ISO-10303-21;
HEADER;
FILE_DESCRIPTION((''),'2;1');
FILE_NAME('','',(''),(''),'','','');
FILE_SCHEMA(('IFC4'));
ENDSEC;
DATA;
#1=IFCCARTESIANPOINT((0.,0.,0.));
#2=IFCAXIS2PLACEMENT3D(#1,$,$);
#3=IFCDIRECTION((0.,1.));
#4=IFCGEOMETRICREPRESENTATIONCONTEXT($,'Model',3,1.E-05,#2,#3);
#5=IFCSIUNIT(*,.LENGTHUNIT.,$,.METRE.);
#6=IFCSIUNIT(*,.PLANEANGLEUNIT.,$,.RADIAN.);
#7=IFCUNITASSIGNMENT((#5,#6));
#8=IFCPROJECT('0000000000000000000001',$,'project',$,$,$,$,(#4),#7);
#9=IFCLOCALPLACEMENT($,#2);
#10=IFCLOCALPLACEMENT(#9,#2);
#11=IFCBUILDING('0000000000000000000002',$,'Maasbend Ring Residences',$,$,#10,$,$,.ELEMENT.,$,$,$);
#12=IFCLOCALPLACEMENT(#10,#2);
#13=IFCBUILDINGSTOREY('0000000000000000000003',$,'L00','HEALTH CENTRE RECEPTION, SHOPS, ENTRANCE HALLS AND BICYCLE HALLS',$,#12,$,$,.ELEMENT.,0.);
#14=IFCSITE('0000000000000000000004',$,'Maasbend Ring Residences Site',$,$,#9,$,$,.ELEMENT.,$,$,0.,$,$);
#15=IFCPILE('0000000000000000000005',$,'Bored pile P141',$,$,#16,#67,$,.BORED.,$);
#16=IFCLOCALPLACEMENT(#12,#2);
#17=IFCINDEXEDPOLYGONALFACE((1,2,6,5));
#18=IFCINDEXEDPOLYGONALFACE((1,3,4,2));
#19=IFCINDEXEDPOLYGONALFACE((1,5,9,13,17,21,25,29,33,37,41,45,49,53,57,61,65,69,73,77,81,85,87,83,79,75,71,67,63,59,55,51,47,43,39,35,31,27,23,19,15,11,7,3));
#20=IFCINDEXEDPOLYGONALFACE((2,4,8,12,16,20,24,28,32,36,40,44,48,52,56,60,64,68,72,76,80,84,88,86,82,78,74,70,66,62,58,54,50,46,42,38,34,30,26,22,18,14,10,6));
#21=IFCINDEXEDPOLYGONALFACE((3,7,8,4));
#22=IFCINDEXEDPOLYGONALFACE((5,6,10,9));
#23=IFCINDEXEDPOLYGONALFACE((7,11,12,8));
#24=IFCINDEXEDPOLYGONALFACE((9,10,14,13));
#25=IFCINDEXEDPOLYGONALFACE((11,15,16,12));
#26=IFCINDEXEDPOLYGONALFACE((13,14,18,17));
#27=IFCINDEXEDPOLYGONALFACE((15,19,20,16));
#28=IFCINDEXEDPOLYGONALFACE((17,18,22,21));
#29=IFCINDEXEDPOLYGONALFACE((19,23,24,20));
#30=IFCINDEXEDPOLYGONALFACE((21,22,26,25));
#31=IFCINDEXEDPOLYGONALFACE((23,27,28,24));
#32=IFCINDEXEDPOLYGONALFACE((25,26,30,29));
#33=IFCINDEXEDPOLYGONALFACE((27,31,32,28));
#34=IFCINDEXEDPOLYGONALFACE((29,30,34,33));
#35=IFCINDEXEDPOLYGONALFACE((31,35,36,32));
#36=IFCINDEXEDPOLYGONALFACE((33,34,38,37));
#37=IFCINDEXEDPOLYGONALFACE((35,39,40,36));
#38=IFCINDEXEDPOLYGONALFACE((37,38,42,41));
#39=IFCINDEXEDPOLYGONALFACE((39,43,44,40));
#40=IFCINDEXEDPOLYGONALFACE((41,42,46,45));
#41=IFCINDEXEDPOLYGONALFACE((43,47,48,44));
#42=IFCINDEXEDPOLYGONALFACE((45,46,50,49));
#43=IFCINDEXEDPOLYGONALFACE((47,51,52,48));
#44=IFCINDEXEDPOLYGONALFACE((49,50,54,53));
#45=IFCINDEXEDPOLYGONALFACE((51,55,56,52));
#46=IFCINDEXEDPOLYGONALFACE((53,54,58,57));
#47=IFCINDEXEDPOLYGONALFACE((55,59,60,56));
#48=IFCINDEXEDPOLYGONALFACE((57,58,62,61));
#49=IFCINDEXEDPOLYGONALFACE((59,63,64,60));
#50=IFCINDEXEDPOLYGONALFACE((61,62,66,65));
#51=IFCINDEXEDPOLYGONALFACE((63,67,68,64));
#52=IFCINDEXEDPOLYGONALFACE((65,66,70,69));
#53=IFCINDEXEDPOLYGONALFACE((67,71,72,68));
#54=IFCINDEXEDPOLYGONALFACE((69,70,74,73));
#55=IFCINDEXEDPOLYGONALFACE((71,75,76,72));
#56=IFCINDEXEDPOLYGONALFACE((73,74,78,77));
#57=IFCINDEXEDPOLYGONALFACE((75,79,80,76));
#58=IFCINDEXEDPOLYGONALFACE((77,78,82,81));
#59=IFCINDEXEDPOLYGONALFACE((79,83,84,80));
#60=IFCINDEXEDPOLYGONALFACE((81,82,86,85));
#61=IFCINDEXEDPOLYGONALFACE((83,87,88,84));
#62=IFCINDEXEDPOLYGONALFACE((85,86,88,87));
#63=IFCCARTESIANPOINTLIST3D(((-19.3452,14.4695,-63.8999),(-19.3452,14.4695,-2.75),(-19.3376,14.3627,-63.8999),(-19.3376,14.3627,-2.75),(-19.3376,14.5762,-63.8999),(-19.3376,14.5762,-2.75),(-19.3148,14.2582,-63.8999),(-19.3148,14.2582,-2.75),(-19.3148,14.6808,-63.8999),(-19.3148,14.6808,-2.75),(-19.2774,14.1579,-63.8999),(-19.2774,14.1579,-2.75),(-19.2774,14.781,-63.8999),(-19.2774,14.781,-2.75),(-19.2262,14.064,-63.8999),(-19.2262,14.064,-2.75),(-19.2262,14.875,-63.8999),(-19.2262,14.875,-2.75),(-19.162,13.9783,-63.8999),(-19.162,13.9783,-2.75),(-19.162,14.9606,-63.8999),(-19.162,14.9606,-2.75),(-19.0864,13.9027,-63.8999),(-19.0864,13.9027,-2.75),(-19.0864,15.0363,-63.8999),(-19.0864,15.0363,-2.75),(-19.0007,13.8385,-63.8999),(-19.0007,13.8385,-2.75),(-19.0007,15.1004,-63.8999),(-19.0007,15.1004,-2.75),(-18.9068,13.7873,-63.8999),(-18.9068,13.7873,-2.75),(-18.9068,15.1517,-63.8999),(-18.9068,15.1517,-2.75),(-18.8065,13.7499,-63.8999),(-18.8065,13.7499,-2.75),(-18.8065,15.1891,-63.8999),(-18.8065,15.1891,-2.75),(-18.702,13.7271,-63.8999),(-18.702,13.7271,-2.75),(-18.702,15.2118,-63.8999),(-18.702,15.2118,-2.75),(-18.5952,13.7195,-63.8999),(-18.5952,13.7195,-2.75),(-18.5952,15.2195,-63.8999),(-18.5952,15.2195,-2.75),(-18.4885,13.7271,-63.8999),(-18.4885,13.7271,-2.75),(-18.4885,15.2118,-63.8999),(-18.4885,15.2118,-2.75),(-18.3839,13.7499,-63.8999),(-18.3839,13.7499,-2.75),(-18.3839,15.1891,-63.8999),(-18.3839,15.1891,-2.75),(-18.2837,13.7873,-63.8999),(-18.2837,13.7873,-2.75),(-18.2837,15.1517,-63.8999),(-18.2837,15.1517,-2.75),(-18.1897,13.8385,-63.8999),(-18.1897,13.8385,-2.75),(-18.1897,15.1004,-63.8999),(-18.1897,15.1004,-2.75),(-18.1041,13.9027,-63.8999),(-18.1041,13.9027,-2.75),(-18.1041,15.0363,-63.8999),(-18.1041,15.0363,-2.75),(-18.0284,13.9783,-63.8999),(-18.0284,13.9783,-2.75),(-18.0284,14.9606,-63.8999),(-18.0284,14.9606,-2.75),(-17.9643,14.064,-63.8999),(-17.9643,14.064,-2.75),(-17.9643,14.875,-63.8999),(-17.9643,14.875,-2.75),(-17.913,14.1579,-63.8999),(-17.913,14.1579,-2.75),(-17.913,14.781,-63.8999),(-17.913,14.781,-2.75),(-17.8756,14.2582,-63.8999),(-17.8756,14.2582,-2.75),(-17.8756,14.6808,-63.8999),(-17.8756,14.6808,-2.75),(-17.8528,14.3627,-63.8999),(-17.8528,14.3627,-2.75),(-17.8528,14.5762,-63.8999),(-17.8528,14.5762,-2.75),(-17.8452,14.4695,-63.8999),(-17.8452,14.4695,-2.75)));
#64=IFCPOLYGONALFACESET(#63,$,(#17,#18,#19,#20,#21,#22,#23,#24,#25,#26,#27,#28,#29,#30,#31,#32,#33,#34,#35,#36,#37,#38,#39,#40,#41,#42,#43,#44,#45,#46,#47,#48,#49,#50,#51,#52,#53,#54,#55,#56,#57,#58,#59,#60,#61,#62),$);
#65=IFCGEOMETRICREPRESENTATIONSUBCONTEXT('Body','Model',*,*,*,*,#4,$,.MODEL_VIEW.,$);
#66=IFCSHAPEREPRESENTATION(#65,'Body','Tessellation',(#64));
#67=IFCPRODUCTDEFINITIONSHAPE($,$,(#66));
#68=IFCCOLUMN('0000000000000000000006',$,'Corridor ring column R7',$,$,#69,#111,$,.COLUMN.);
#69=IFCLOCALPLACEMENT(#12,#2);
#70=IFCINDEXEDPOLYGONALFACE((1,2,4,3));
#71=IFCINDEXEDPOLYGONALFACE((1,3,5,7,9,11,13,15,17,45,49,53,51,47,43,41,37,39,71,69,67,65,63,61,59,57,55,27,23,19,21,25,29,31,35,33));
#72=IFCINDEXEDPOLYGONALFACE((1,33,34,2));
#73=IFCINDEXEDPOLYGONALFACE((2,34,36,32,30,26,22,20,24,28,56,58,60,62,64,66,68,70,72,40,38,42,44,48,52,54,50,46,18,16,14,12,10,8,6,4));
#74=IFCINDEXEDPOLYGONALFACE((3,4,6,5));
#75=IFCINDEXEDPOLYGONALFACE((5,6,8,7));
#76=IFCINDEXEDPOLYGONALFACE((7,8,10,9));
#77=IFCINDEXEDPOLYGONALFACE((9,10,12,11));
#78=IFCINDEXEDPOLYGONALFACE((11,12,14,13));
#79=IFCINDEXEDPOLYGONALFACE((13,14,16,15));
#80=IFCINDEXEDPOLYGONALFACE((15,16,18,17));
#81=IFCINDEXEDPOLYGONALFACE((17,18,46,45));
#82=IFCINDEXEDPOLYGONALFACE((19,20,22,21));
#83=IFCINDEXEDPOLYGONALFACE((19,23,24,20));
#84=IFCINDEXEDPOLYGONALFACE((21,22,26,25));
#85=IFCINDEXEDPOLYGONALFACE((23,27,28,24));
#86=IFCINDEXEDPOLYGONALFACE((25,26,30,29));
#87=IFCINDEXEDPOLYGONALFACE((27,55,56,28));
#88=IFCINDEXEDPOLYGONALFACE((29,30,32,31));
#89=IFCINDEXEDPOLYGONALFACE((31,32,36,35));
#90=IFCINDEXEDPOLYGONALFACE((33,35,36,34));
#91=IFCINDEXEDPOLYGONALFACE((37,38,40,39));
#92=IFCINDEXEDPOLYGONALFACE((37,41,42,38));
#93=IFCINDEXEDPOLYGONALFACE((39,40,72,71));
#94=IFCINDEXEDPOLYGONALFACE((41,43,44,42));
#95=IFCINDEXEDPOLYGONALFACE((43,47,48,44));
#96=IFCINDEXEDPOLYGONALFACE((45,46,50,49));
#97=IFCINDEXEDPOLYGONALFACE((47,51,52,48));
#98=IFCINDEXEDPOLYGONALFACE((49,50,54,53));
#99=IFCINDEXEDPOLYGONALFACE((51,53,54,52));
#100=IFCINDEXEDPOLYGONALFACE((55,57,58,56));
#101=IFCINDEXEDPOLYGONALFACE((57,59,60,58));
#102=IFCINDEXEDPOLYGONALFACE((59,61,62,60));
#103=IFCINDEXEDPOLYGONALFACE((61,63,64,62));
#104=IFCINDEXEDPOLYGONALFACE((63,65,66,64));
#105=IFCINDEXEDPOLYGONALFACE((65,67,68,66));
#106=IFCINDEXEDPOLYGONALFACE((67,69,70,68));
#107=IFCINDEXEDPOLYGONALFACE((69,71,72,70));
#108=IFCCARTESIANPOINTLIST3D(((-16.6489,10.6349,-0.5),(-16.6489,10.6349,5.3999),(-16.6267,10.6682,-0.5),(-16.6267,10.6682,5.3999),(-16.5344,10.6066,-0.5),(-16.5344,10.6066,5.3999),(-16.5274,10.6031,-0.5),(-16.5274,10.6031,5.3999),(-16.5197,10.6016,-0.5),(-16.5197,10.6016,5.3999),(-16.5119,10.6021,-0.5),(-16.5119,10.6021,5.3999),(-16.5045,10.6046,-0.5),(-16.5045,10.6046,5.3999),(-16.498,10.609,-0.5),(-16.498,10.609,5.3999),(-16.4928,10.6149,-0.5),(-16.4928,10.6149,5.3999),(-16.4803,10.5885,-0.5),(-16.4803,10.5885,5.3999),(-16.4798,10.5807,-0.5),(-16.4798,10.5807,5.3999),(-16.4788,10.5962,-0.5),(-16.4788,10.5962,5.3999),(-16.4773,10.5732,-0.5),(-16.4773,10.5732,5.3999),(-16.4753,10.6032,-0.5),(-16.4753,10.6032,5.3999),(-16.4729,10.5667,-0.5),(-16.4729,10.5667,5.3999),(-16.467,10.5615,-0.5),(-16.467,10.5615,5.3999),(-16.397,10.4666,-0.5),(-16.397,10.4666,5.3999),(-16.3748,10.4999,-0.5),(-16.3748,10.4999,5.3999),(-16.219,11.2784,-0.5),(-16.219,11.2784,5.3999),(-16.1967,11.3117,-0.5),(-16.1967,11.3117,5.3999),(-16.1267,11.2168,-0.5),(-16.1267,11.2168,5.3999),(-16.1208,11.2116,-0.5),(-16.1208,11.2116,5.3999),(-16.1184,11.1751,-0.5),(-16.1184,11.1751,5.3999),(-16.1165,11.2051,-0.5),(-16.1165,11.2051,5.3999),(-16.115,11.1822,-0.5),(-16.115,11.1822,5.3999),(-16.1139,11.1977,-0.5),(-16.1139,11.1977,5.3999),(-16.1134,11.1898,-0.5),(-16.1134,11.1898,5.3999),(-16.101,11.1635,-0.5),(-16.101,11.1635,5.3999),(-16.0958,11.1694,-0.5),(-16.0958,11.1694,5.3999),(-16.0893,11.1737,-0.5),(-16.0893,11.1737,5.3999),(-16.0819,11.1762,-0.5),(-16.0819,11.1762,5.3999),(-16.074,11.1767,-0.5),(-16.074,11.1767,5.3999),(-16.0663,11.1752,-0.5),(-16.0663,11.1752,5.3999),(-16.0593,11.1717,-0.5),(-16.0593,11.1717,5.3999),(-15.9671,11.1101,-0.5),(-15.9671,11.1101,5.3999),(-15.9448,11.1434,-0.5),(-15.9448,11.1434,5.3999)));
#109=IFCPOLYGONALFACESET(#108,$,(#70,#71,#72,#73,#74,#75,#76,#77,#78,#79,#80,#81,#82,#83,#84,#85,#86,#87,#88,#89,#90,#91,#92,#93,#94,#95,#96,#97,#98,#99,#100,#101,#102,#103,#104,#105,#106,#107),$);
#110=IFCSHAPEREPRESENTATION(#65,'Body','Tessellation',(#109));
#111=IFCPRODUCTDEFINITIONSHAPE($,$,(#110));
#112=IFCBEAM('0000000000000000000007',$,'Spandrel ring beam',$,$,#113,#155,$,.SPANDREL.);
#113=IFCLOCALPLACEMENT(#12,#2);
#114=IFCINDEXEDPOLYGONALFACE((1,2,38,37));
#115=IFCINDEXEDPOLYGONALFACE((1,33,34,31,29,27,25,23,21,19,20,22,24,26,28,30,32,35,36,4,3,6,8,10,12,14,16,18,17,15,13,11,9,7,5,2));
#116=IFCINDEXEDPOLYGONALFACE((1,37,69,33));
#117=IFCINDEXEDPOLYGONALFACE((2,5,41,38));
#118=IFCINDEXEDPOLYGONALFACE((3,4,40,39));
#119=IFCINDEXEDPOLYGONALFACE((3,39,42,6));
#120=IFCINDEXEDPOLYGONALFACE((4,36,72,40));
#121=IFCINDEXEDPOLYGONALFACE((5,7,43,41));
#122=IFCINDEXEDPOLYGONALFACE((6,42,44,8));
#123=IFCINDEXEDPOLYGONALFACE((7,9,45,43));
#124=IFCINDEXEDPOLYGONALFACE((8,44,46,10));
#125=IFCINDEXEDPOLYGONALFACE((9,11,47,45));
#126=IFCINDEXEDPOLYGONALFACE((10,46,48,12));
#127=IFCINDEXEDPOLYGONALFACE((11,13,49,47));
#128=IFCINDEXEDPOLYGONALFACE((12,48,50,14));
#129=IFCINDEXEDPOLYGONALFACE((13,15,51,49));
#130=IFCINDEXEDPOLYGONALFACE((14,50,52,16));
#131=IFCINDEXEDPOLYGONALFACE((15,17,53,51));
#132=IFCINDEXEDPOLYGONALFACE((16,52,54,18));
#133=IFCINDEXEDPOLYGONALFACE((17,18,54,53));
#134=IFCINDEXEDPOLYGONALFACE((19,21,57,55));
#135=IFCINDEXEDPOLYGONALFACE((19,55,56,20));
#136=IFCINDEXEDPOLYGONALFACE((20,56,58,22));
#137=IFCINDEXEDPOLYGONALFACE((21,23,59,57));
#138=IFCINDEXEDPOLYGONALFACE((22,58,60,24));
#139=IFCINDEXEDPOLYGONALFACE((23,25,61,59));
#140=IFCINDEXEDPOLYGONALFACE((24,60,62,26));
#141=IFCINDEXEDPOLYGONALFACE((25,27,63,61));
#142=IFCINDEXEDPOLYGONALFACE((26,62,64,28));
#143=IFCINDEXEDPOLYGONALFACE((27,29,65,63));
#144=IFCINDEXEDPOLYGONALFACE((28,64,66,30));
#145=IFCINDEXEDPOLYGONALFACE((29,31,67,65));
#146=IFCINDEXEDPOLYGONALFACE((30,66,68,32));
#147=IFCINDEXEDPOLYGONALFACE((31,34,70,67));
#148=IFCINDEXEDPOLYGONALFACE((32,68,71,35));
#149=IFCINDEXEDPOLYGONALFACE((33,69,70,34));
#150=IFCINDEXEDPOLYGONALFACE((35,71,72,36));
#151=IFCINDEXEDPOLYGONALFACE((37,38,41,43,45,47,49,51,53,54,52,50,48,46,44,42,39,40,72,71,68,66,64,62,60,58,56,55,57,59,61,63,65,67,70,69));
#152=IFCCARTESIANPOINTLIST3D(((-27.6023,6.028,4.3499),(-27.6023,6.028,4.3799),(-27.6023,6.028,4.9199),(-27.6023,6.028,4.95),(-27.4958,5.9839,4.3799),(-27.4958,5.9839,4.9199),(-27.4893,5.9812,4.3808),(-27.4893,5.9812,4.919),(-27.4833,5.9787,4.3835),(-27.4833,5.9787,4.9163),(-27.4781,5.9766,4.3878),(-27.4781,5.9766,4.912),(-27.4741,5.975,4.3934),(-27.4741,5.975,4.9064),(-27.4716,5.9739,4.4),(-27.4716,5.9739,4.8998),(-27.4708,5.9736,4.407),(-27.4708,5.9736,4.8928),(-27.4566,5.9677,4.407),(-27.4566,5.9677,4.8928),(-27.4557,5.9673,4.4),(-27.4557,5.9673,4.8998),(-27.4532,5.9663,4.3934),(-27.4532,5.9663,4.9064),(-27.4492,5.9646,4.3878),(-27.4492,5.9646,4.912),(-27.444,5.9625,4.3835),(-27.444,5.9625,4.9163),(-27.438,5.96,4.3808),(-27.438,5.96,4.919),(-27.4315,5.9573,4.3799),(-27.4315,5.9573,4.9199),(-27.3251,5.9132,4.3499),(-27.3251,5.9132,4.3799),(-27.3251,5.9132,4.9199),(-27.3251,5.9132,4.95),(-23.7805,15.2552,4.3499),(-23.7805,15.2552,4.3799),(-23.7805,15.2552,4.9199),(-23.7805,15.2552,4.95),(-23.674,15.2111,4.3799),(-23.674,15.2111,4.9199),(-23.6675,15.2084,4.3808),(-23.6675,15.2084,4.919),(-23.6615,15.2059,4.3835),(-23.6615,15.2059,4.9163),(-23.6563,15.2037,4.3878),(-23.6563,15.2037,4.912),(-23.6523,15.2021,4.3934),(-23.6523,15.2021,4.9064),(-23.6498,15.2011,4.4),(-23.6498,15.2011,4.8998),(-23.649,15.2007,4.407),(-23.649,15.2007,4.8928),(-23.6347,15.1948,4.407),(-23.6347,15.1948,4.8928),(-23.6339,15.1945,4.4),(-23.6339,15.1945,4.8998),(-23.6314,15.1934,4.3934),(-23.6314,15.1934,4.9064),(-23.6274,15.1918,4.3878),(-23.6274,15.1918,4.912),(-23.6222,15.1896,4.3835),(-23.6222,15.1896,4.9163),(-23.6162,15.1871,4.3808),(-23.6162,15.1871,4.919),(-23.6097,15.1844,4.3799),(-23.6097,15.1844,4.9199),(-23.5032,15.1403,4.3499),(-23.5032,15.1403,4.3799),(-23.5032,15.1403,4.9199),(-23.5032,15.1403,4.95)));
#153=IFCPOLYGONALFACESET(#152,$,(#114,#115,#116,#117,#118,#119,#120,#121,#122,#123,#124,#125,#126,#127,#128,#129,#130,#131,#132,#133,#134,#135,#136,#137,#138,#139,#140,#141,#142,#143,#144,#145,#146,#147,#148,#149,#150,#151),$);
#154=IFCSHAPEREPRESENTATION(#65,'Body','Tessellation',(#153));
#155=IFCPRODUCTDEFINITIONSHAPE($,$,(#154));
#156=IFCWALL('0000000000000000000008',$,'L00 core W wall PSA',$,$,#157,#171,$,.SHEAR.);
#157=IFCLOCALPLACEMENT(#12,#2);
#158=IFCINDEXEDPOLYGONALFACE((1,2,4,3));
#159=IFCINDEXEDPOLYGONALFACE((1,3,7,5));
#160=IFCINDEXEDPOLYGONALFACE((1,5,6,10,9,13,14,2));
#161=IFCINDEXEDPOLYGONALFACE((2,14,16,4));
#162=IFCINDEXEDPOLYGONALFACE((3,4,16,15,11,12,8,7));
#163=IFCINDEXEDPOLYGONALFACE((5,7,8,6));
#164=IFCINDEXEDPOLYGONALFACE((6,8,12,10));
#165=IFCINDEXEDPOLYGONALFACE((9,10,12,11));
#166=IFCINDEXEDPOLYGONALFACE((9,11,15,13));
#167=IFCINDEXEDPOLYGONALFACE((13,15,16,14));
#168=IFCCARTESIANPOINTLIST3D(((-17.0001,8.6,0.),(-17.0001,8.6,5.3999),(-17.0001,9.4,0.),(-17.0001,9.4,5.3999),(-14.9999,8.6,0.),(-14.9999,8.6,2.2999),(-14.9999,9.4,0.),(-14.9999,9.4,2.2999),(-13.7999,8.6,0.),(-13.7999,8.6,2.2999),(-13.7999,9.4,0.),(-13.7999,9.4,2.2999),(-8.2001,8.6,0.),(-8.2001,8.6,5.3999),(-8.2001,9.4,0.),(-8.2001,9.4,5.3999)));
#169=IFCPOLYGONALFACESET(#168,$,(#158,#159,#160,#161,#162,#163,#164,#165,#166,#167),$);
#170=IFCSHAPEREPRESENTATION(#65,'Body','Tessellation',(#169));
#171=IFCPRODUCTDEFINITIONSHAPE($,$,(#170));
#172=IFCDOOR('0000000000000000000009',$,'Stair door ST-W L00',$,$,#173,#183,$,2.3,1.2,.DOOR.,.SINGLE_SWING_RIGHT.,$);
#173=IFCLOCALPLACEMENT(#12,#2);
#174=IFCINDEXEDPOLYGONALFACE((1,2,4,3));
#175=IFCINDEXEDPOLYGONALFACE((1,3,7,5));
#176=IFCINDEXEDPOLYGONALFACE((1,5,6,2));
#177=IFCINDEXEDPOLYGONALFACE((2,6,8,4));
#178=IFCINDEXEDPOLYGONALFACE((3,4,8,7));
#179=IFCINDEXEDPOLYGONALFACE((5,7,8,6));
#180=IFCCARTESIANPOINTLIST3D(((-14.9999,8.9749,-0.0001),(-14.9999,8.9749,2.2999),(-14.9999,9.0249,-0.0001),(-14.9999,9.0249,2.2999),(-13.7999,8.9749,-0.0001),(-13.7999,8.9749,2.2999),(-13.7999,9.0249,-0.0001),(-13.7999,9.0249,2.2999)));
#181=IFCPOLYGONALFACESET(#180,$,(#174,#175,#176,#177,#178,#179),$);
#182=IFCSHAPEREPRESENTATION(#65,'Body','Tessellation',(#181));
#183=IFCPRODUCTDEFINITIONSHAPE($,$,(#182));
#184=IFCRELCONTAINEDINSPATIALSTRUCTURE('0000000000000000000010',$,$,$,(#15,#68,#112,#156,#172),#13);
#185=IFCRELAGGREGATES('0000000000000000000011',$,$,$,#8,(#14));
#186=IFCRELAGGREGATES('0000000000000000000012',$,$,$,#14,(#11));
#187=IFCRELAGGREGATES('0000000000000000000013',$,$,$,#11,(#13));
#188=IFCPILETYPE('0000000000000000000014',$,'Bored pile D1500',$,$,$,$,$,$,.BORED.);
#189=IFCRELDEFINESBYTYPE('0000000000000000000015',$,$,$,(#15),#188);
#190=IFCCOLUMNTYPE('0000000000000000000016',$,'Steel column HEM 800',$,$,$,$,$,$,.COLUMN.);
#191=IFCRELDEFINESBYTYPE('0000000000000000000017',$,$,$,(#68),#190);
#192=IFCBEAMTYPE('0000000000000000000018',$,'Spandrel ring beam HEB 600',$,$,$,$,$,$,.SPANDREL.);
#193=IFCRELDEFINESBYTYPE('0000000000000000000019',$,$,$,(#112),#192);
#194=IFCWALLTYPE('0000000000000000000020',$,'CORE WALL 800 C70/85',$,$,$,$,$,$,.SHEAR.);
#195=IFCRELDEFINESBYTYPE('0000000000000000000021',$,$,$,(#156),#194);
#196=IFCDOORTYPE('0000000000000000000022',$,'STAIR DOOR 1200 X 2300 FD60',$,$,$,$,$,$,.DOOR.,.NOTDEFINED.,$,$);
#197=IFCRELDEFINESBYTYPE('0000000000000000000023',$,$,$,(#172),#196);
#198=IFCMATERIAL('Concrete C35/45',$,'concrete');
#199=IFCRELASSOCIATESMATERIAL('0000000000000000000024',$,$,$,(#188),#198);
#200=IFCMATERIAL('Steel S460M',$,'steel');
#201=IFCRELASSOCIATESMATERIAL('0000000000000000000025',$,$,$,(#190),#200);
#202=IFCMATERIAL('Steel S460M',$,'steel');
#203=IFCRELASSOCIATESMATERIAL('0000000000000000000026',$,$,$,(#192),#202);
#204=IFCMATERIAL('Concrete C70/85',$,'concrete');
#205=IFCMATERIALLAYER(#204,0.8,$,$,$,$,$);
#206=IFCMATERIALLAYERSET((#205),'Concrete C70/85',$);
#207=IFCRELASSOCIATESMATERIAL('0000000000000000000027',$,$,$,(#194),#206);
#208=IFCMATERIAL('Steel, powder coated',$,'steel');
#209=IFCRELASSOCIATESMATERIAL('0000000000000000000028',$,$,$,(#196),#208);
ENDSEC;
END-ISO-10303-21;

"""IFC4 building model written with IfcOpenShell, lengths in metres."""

from ifc_helpers import new_model, si_unit, direction, frame, frame_2d, origin, origin_2d, place, context, subcontext, project, spatial, rectangle, circle, i_section, extrude, material, layer, layer_set, material_profile, profile_set, type_object, element, fill, save


model = new_model("IFC4")

# Units and contexts
model_context = context("Model", 3, precision=1e-05, world=origin(), true_north=direction((0.0, 1.0)))
body_context = subcontext(model_context, "Body", "Model", "MODEL_VIEW")
ifc_project = project(units=[si_unit("LENGTHUNIT", "METRE"), si_unit("PLANEANGLEUNIT", "RADIAN")], contexts=[model_context])

# Site, building, storey
site_placement = place(None, origin())
site = spatial("IfcSite", under=ifc_project, at=site_placement, Name="Maasbend Ring Residences Site", CompositionType="ELEMENT", RefElevation=0.0)
building_placement = place(site_placement, origin())
building = spatial("IfcBuilding", under=site, at=building_placement, Name="Maasbend Ring Residences", CompositionType="ELEMENT")
storey_placement = place(building_placement, origin())
storey = spatial("IfcBuildingStorey", under=building, at=storey_placement, Name="L00", Description="HEALTH CENTRE RECEPTION, SHOPS, ENTRANCE HALLS AND BICYCLE HALLS", CompositionType="ELEMENT", Elevation=0.0)

# Pile
ifc_material_1 = material(Name="Concrete C35/45", Category="concrete")
ifc_material_profile_1 = material_profile(ifc_material_1, circle(Radius=0.75, at=origin_2d()), Name="Bored pile D1500")
ifc_profile_set_1 = profile_set([ifc_material_profile_1], Name="Concrete C35/45")
pile_type = type_object("IfcPileType", Name="Bored pile D1500", PredefinedType="BORED", material=ifc_profile_set_1)
for number, where, z_axis, x_axis, name in (
    (1, (-18.5952, 14.4695, -2.75), (0.0, 0.0, -1.0), (1.0, 0.0, 0.0), "Bored pile P141"),
):
    element("IfcPile", number, at=place(storey_placement, frame(where, z_axis=z_axis, x_axis=x_axis)), inside=storey, type_object=pile_type, Name=name, PredefinedType="BORED", context=body_context, shape_type="SweptSolid", body=[
        extrude(circle(Radius=0.75, at=origin_2d()), origin(), (0.0, 0.0, 1.0), 61.1499),
    ])

# Column
ifc_material_2 = material(Name="Steel S460M", Category="steel")
ifc_material_profile_2 = material_profile(ifc_material_2, i_section(OverallWidth=0.303, OverallDepth=0.814, WebThickness=0.021, FlangeThickness=0.04, FilletRadius=0.03, at=origin_2d()), Name="HEM 800")
ifc_profile_set_2 = profile_set([ifc_material_profile_2], Name="Steel S460M")
column_type = type_object("IfcColumnType", Name="Steel column HEM 800", PredefinedType="COLUMN", material=ifc_profile_set_2)
column_placement = place(storey_placement, frame((-16.2969, 10.8892, -0.5), z_axis=(0.0, 0.0, 1.0), x_axis=(-0.83147, 0.55557, 0.0)))
element("IfcColumn", 2, at=column_placement, inside=storey, type_object=column_type, Name="Corridor ring column R7", PredefinedType="COLUMN", context=body_context, shape_type="SweptSolid", body=[
    extrude(i_section(OverallWidth=0.303, OverallDepth=0.814, WebThickness=0.021, FlangeThickness=0.04, FilletRadius=0.03, at=origin_2d()), origin(), (0.0, 0.0, 1.0), 5.8999),
])

# Beam
ifc_material_3 = material(Name="Steel S460M", Category="steel")
ifc_material_profile_3 = material_profile(ifc_material_3, i_section(OverallWidth=0.3, OverallDepth=0.6001, WebThickness=0.0154, FlangeThickness=0.03, FilletRadius=0.0271, at=origin_2d()), Name="HEB 600")
ifc_profile_set_3 = profile_set([ifc_material_profile_3], Name="Steel S460M")
beam_type = type_object("IfcBeamType", Name="Spandrel ring beam HEB 600", PredefinedType="SPANDREL", material=ifc_profile_set_3)
beam_placement = place(storey_placement, frame((-23.6418, 15.1978, 4.6499), z_axis=(-0.382667, -0.923886, 0.0), x_axis=(0.923886, -0.382667, 0.0)))
element("IfcBeam", 3, at=beam_placement, inside=storey, type_object=beam_type, Name="Spandrel ring beam", PredefinedType="SPANDREL", context=body_context, shape_type="SweptSolid", body=[
    extrude(i_section(OverallWidth=0.3, OverallDepth=0.6001, WebThickness=0.0154, FlangeThickness=0.03, FilletRadius=0.0271, at=origin_2d()), origin(), (0.0, 0.0, 1.0), 9.9873),
])

# Wall, opening, door
ifc_material_4 = material(Name="Concrete C70/85", Category="concrete")
ifc_layer_1 = layer(ifc_material_4, 0.8)
ifc_layer_set_1 = layer_set([ifc_layer_1], Name="Concrete C70/85")
wall_type_1 = type_object("IfcWallType", Name="CORE WALL 800 C70/85", PredefinedType="SHEAR", material=ifc_layer_set_1)
wall_1_placement = place(storey_placement, frame((-17.0, 9.0, 0.0), z_axis=(0.0, 0.0, 1.0), x_axis=(1.0, 0.0, 0.0)))
wall_1 = element("IfcWall", 4, at=wall_1_placement, inside=storey, type_object=wall_type_1, Name="L00 core W wall PSA", PredefinedType="SHEAR", context=body_context, shape_type="SweptSolid", body=[
    extrude(rectangle(XDim=8.8, YDim=0.8, at=frame_2d((4.3999, 0.0))), origin(), (0.0, 0.0, 1.0), 5.3999),
])
opening_1_placement = place(wall_1_placement, frame((2.0, 0.0, 0.0)))
opening_1 = element("IfcOpeningElement", 5, at=opening_1_placement, cuts=wall_1, PredefinedType="OPENING", context=body_context, shape_type="SweptSolid", body=[
    extrude(rectangle(XDim=1.2, YDim=2.3, at=frame_2d((0.6001, 1.1499))), frame((0.0, 0.4102, 0.0), z_axis=(0.0, -1.0, 0.0), x_axis=(1.0, 0.0, 0.0)), (0.0, 0.0, 1.0), 0.8201),
])
ifc_material_5 = material(Name="Steel, powder coated", Category="steel")
door_type_1 = type_object("IfcDoorType", Name="STAIR DOOR 1200 X 2300 FD60", OperationType="NOTDEFINED", PredefinedType="DOOR", material=ifc_material_5)
door_1_placement = place(opening_1_placement, origin())
door_1 = element("IfcDoor", 6, at=door_1_placement, inside=storey, type_object=door_type_1, Name="Stair door ST-W L00", OperationType="SINGLE_SWING_RIGHT", OverallHeight=2.3, OverallWidth=1.2, PredefinedType="DOOR", context=body_context, shape_type="SweptSolid", body=[
    extrude(rectangle(XDim=1.2, YDim=2.3, at=frame_2d((0.6001, 1.1499))), frame((0.0, 0.0249, 0.0), z_axis=(0.0, -1.0, 0.0), x_axis=(1.0, 0.0, 0.0)), (0.0, 0.0, 1.0), 0.05),
])
fill(opening_1, door_1)

save(model, "model.ifc")
